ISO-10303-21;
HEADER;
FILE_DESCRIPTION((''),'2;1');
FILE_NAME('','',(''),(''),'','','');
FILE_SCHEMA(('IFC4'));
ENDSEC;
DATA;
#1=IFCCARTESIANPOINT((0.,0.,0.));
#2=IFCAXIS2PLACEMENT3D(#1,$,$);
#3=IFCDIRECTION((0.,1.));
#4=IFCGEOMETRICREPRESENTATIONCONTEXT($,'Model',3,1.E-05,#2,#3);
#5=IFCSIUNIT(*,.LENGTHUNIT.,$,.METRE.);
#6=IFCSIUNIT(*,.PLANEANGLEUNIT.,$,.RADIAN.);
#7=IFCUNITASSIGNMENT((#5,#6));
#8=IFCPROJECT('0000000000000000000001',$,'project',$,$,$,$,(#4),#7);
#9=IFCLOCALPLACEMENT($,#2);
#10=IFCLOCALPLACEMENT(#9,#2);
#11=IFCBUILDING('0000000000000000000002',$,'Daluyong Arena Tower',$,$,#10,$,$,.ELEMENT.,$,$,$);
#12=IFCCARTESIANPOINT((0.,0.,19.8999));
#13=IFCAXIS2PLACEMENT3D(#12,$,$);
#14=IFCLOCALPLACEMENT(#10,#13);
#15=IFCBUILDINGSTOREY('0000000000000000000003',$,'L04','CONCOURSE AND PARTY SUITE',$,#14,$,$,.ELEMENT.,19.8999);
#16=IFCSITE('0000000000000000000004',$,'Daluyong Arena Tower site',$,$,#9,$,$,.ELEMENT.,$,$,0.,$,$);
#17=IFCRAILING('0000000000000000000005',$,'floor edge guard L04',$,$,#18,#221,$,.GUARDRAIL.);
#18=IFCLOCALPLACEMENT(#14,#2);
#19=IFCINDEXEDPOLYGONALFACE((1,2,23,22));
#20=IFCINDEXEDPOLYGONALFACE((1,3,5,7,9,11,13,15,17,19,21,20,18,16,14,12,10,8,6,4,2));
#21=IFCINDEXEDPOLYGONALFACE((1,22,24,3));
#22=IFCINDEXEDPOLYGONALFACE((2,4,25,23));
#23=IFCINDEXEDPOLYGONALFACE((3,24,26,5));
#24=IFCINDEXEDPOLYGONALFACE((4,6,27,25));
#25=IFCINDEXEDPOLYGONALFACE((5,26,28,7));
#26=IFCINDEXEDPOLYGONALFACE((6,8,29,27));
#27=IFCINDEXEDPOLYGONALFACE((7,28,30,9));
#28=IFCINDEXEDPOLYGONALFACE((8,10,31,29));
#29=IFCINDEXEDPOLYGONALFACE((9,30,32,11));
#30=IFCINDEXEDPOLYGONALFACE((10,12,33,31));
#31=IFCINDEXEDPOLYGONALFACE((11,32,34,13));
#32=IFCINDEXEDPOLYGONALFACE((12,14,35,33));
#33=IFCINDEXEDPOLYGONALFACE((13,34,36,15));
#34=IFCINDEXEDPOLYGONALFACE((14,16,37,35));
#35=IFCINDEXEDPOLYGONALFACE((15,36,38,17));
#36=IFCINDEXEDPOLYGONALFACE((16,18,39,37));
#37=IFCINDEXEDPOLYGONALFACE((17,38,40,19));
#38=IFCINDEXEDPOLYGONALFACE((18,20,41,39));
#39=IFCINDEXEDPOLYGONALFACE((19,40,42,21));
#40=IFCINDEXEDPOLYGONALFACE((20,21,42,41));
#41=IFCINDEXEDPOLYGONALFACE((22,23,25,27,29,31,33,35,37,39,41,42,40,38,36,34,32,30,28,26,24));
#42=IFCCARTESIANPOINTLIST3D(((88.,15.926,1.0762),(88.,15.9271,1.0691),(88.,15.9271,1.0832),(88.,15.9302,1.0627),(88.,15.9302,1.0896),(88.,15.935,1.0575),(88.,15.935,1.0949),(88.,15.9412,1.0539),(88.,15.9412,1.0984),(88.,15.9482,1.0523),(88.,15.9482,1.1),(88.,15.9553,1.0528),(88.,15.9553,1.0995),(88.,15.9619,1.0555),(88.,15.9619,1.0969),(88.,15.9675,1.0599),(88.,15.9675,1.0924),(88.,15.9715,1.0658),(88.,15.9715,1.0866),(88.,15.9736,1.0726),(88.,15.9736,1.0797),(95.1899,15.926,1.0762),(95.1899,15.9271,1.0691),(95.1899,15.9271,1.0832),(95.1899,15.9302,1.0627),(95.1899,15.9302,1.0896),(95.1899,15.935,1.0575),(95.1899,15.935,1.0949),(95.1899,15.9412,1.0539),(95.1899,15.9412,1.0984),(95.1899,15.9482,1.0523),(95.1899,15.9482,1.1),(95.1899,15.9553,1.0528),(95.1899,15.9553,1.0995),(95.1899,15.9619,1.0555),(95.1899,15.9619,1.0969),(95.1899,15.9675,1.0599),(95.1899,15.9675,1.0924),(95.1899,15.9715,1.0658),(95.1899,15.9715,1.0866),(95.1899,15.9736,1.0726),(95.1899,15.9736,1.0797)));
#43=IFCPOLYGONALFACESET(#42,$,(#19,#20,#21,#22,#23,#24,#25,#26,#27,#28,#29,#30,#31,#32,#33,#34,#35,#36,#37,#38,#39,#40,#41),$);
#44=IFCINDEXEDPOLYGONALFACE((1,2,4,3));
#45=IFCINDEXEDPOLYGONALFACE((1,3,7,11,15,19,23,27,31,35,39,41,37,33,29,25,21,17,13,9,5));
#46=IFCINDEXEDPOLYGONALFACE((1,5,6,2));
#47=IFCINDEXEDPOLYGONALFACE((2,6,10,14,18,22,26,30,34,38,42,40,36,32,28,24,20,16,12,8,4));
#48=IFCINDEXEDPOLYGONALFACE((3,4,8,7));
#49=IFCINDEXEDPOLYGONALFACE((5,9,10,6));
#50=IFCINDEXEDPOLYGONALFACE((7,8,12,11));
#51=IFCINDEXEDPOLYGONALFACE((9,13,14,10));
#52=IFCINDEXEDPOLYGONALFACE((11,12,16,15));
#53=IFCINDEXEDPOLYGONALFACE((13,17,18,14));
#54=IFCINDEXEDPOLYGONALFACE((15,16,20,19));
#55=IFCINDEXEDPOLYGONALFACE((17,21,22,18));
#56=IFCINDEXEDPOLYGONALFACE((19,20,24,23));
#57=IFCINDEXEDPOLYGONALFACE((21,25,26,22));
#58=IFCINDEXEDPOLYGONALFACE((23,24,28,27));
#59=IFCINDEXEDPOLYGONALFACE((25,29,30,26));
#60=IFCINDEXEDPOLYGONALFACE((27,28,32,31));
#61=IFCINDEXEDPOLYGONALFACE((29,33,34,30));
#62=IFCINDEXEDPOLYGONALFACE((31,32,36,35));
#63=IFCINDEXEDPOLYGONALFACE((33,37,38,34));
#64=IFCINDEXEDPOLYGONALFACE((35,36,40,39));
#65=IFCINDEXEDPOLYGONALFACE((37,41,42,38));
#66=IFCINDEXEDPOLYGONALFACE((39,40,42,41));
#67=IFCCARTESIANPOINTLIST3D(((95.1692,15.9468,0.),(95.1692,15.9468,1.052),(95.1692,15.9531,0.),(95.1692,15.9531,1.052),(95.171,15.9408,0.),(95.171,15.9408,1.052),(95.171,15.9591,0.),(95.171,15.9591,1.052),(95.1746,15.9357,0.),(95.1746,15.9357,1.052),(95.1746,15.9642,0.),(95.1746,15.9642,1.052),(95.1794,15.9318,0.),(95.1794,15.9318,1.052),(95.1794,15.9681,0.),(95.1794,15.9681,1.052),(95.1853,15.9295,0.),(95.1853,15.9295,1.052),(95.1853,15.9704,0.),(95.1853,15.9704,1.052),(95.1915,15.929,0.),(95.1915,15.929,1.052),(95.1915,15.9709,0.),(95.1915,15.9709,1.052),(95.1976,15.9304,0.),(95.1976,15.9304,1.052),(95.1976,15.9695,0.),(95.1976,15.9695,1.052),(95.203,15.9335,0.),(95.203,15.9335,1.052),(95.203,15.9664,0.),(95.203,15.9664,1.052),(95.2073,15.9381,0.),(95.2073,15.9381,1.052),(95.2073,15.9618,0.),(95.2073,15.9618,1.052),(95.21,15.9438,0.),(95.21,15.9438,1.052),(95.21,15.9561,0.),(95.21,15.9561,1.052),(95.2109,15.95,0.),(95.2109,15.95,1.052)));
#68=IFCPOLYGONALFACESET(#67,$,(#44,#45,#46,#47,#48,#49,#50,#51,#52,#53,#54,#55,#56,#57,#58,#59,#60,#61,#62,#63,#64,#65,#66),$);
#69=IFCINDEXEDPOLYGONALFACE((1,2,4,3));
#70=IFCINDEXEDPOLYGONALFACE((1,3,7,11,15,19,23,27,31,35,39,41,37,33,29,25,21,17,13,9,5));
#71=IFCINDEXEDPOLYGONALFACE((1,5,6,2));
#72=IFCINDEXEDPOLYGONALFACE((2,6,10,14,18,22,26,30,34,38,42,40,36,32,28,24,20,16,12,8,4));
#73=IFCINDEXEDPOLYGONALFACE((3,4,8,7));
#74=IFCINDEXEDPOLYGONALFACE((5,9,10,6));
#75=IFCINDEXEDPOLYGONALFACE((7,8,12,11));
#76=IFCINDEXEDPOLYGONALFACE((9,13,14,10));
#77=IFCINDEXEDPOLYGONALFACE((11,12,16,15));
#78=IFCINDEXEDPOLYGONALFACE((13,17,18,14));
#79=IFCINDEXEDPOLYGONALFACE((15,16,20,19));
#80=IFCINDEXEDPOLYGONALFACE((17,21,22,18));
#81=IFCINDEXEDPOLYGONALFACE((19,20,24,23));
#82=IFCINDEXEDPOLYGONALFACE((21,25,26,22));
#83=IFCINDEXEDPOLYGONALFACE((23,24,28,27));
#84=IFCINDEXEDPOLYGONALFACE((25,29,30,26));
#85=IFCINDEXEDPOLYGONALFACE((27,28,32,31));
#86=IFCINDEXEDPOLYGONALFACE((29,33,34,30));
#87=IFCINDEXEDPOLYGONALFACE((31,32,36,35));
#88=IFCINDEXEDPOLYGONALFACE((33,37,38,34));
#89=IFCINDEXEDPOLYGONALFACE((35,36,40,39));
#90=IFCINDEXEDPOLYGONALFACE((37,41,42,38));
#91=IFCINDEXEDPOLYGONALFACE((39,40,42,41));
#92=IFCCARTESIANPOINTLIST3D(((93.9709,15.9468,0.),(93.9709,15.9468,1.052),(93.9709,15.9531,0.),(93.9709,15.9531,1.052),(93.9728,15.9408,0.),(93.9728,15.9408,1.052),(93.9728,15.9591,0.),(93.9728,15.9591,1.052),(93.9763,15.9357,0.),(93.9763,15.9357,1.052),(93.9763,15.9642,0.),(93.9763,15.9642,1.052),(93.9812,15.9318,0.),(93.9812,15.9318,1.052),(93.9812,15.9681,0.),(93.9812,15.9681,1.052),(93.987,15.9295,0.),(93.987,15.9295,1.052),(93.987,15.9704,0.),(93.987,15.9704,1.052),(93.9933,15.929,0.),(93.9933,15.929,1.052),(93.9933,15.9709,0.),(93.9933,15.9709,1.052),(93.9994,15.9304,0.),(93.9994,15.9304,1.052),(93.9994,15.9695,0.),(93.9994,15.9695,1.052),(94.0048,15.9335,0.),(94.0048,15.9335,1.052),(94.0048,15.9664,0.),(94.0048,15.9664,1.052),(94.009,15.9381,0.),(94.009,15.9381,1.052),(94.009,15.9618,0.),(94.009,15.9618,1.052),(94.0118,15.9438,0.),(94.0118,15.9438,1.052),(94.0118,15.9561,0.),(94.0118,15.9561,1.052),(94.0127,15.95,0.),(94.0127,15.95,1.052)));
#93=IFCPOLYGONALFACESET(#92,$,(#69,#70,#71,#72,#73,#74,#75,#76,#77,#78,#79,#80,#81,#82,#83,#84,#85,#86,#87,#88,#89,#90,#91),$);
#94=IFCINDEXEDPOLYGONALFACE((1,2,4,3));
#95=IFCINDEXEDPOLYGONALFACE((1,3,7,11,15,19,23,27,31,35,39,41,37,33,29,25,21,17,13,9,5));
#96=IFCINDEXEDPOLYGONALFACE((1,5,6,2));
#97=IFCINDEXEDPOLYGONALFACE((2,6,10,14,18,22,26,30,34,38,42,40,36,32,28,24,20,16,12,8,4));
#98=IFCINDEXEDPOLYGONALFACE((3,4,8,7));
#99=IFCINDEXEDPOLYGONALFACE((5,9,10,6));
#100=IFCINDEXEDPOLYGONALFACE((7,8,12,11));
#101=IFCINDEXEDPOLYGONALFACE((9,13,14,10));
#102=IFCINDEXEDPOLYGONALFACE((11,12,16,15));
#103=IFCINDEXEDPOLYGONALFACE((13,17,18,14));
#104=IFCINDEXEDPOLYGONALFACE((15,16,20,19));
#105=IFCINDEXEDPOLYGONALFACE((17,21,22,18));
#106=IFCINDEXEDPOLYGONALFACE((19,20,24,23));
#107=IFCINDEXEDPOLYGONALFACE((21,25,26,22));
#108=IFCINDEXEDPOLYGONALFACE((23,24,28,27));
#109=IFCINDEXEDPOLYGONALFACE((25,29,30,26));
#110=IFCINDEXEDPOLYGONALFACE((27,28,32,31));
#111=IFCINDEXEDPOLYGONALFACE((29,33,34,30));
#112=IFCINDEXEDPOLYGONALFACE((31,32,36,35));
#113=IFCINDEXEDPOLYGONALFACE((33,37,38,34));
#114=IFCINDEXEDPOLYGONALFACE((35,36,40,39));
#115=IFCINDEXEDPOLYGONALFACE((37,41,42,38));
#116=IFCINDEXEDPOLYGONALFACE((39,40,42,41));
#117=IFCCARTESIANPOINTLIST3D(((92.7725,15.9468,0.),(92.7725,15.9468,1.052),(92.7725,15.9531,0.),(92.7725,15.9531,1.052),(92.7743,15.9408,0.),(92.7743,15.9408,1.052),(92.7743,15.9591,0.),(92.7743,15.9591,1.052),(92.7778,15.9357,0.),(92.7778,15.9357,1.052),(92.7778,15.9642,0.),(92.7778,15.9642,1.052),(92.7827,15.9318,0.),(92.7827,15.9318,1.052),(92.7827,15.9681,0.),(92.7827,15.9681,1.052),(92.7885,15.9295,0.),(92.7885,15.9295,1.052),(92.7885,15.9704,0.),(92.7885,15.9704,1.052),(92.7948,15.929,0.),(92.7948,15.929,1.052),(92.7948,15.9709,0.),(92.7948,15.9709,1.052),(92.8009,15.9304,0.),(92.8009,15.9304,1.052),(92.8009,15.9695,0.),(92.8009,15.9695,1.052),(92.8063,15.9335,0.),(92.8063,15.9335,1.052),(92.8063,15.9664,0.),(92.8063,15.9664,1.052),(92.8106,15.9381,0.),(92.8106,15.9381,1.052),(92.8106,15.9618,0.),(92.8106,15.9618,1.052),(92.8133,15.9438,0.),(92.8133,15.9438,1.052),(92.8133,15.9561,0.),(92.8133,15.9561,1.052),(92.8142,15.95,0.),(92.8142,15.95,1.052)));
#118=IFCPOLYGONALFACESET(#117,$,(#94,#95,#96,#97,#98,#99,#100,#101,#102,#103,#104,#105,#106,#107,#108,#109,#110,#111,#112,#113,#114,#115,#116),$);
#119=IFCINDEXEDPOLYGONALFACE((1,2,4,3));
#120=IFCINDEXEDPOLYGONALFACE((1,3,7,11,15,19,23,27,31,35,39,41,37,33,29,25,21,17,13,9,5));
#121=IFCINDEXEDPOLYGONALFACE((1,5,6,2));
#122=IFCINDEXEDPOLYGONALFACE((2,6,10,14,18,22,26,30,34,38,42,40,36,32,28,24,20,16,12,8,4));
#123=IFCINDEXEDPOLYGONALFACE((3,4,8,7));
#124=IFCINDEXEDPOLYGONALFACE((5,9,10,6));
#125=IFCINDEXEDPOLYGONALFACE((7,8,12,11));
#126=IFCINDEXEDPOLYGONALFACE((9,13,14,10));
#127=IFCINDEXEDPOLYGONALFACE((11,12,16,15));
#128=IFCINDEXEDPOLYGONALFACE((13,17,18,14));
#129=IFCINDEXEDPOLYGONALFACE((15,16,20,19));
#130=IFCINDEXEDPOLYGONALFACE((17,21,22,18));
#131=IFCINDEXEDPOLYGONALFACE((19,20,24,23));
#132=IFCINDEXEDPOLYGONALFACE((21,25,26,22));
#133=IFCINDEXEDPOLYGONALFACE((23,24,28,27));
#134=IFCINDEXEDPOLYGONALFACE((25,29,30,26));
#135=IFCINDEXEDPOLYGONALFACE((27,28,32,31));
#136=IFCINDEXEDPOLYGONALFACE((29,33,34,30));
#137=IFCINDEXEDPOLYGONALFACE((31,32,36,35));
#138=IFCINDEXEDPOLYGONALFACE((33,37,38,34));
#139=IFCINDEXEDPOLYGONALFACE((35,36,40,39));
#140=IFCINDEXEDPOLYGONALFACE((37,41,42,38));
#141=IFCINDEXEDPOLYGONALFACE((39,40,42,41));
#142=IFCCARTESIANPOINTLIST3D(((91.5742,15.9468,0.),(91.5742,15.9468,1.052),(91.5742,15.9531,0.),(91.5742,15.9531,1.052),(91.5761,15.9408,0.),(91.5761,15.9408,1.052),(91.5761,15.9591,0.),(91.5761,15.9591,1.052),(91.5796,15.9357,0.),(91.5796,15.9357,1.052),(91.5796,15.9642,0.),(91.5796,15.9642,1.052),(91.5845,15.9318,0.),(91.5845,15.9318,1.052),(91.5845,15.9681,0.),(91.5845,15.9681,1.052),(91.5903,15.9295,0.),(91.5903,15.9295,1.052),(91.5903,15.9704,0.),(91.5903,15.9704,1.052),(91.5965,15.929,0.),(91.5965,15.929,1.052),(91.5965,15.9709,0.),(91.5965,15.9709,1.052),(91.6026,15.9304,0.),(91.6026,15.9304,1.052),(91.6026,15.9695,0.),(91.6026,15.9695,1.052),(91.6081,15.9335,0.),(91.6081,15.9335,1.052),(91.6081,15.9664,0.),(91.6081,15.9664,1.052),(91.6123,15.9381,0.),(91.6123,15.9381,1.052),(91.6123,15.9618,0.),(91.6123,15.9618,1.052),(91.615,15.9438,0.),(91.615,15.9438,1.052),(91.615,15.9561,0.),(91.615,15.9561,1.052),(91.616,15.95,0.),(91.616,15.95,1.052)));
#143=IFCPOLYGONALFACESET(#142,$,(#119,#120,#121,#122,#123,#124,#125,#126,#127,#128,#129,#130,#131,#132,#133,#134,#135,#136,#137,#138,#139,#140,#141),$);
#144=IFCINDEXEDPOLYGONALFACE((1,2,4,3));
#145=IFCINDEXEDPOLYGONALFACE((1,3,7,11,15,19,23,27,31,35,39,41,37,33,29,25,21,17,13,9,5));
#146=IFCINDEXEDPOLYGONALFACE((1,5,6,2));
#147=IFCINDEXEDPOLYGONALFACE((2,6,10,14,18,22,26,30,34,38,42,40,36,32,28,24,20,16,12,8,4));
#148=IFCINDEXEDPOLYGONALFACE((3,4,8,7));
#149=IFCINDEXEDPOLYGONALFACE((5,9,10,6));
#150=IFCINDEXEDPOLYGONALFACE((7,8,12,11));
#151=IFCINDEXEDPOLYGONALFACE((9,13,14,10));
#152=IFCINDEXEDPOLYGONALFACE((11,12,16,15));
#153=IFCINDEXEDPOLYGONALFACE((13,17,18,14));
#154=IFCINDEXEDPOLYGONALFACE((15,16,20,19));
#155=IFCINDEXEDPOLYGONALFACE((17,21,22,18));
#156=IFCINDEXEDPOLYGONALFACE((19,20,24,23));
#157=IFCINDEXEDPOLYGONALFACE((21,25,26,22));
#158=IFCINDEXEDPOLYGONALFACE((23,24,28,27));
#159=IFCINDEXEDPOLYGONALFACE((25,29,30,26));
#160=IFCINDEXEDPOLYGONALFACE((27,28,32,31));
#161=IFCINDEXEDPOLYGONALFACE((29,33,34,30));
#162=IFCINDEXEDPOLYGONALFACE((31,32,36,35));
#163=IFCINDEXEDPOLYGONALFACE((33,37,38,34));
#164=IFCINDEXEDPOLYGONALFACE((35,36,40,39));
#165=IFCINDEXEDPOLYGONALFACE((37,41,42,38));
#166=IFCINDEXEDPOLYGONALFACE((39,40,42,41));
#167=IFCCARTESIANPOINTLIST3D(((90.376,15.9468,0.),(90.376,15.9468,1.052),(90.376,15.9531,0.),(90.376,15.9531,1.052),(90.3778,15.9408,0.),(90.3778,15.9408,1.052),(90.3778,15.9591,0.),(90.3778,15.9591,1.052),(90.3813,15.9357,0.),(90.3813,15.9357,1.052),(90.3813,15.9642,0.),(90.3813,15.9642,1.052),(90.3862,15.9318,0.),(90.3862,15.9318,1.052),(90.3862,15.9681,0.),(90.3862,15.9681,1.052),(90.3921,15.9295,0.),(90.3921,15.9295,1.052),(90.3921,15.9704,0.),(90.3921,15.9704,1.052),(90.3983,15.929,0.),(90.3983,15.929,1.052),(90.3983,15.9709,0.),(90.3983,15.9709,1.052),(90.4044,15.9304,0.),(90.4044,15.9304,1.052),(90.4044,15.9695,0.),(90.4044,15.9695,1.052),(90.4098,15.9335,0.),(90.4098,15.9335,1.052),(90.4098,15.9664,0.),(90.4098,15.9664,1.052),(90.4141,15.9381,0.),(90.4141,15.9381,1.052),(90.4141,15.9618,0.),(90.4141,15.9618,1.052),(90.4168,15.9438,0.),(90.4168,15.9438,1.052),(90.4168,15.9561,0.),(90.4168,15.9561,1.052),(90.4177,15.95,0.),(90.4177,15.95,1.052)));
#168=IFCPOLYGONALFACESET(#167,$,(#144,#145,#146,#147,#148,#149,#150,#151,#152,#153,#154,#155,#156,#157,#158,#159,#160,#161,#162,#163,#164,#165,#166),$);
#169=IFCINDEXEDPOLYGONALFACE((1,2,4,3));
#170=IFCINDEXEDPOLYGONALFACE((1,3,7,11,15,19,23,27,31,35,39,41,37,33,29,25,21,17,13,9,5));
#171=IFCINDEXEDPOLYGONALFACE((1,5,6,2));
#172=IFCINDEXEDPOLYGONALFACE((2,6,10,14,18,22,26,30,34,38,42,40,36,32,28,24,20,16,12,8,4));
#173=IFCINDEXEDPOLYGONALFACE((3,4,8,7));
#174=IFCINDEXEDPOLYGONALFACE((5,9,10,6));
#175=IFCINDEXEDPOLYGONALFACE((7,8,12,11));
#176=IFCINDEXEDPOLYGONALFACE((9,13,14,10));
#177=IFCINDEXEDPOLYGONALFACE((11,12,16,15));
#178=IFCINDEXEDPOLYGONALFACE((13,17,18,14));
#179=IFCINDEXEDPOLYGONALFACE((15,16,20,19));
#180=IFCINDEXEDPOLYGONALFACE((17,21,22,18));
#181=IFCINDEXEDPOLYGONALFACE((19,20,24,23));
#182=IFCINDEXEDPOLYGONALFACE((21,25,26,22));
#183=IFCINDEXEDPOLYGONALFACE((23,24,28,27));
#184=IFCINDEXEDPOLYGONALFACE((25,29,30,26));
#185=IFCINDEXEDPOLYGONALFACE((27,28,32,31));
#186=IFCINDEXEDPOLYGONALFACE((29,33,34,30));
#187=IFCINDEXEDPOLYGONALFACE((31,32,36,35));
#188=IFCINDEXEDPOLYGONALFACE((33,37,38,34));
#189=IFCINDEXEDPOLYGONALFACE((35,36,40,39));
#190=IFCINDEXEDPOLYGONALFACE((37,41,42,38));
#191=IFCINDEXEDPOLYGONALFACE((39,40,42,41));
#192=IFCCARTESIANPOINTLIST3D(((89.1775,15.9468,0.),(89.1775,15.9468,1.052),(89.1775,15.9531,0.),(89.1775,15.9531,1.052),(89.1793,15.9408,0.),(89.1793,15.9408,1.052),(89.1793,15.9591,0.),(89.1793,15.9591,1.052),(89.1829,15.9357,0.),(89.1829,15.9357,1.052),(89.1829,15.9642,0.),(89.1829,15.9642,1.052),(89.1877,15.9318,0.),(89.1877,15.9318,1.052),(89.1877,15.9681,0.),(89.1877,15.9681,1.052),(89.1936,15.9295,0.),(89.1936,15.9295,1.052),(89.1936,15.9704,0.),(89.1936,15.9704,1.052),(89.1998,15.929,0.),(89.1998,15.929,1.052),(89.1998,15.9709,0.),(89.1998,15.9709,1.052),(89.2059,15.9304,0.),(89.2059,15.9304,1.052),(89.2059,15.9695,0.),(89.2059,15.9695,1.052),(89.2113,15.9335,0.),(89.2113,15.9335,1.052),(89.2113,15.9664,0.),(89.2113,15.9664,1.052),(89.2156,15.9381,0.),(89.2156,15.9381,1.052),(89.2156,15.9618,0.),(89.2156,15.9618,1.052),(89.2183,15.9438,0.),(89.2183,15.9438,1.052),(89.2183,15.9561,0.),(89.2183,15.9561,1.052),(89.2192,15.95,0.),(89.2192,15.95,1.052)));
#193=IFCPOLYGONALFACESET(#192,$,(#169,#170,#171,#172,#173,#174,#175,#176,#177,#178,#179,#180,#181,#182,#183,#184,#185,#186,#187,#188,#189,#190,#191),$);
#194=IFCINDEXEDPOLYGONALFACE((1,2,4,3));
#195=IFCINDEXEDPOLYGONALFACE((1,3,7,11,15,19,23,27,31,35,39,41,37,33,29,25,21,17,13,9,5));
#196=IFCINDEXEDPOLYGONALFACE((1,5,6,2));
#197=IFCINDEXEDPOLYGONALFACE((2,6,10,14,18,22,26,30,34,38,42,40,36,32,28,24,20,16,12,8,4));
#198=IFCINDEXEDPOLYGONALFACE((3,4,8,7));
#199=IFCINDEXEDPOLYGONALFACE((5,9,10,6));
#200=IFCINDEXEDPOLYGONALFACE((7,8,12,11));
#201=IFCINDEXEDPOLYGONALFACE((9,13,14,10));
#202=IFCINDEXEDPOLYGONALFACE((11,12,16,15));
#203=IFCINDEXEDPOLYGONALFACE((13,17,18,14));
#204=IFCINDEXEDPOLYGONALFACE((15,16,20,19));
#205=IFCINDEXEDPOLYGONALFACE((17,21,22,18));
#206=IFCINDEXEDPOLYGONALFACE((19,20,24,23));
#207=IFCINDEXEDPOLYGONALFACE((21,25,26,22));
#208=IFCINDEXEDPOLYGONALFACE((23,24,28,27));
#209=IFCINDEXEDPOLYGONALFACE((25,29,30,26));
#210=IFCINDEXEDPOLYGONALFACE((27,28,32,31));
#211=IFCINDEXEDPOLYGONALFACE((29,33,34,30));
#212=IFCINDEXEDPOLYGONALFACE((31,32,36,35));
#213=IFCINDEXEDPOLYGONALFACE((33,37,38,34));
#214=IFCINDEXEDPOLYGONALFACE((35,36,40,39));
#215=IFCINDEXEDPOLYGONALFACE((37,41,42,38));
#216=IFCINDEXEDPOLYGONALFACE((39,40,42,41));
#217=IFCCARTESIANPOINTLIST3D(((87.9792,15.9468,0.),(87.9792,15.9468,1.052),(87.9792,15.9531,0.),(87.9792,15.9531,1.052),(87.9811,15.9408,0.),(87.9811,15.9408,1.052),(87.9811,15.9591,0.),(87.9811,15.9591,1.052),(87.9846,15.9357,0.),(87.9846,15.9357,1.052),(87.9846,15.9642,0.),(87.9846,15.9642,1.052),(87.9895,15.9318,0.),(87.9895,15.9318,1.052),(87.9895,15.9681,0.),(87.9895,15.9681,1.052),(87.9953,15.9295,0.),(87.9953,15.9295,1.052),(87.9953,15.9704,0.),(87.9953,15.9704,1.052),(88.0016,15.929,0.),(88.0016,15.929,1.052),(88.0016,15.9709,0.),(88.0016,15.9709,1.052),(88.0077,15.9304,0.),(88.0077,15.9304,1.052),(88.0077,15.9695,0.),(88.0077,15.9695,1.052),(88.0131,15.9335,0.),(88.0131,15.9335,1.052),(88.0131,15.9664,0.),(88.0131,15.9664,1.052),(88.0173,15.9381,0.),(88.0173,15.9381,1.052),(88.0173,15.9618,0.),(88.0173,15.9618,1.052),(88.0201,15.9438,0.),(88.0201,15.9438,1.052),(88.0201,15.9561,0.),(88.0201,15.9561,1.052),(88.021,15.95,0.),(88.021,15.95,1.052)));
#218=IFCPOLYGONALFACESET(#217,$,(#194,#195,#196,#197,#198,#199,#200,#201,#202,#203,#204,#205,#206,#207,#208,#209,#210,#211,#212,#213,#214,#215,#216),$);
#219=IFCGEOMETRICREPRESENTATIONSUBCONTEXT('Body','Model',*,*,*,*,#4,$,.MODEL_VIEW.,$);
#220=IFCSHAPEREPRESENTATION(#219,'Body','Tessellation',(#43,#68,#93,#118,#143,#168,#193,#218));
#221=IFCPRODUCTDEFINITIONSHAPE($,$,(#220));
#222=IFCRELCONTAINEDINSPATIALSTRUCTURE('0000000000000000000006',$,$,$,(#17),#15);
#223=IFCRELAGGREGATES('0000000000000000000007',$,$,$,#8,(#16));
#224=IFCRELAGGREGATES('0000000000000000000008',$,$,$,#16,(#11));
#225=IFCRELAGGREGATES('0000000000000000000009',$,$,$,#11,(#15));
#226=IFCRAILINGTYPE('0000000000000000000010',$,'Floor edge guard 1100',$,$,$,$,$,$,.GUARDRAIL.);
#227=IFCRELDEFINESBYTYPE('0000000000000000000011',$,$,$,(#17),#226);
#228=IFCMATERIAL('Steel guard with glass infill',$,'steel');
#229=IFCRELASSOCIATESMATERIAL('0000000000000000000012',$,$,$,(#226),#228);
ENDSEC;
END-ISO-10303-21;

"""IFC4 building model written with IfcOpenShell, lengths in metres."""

from ifc_helpers import new_model, si_unit, direction, frame, origin, origin_2d, place, context, subcontext, project, spatial, circle, extrude, material, type_object, element, save


model = new_model("IFC4")

# Units and contexts
model_context = context("Model", 3, precision=1e-05, world=origin(), true_north=direction((0.0, 1.0)))
body_context = subcontext(model_context, "Body", "Model", "MODEL_VIEW")
ifc_project = project(units=[si_unit("LENGTHUNIT", "METRE"), si_unit("PLANEANGLEUNIT", "RADIAN")], contexts=[model_context])

# Site, building, storey
site_placement = place(None, origin())
site = spatial("IfcSite", under=ifc_project, at=site_placement, Name="Daluyong Arena Tower site", CompositionType="ELEMENT", RefElevation=0.0)
building_placement = place(site_placement, origin())
building = spatial("IfcBuilding", under=site, at=building_placement, Name="Daluyong Arena Tower", CompositionType="ELEMENT")
storey_placement = place(building_placement, frame((0.0, 0.0, 19.8999)))
storey = spatial("IfcBuildingStorey", under=building, at=storey_placement, Name="L04", Description="CONCOURSE AND PARTY SUITE", CompositionType="ELEMENT", Elevation=19.8999)

# Railing
ifc_material_1 = material(Name="Steel guard with glass infill", Category="steel")
railing_type_1 = type_object("IfcRailingType", Name="Floor edge guard 1100", PredefinedType="GUARDRAIL", material=ifc_material_1)
railing_1_placement = place(storey_placement, frame((95.1899, 15.95, 0.0)))
element("IfcRailing", 1, at=railing_1_placement, inside=storey, type_object=railing_type_1, Name="floor edge guard L04", PredefinedType="GUARDRAIL", context=body_context, shape_type="SweptSolid", body=[
    extrude(circle(Radius=0.0239, at=origin_2d()), frame((0.0, 0.0, 1.0762), z_axis=(-1.0, 0.0, 0.0), x_axis=(0.0, -1.0, 0.0)), (0.0, 0.0, 1.0), 7.1899),
    extrude(circle(Radius=0.021, at=origin_2d()), origin(), (0.0, 0.0, 1.0), 1.052),
    extrude(circle(Radius=0.021, at=origin_2d()), frame((-1.1982, 0.0, 0.0)), (0.0, 0.0, 1.0), 1.052),
    extrude(circle(Radius=0.021, at=origin_2d()), frame((-2.3967, 0.0, 0.0)), (0.0, 0.0, 1.0), 1.052),
    extrude(circle(Radius=0.021, at=origin_2d()), frame((-3.595, 0.0, 0.0)), (0.0, 0.0, 1.0), 1.052),
    extrude(circle(Radius=0.021, at=origin_2d()), frame((-4.7932, 0.0, 0.0)), (0.0, 0.0, 1.0), 1.052),
    extrude(circle(Radius=0.021, at=origin_2d()), frame((-5.9917, 0.0, 0.0)), (0.0, 0.0, 1.0), 1.052),
    extrude(circle(Radius=0.021, at=origin_2d()), frame((-7.1899, 0.0, 0.0)), (0.0, 0.0, 1.0), 1.052),
])

save(model, "model.ifc")
